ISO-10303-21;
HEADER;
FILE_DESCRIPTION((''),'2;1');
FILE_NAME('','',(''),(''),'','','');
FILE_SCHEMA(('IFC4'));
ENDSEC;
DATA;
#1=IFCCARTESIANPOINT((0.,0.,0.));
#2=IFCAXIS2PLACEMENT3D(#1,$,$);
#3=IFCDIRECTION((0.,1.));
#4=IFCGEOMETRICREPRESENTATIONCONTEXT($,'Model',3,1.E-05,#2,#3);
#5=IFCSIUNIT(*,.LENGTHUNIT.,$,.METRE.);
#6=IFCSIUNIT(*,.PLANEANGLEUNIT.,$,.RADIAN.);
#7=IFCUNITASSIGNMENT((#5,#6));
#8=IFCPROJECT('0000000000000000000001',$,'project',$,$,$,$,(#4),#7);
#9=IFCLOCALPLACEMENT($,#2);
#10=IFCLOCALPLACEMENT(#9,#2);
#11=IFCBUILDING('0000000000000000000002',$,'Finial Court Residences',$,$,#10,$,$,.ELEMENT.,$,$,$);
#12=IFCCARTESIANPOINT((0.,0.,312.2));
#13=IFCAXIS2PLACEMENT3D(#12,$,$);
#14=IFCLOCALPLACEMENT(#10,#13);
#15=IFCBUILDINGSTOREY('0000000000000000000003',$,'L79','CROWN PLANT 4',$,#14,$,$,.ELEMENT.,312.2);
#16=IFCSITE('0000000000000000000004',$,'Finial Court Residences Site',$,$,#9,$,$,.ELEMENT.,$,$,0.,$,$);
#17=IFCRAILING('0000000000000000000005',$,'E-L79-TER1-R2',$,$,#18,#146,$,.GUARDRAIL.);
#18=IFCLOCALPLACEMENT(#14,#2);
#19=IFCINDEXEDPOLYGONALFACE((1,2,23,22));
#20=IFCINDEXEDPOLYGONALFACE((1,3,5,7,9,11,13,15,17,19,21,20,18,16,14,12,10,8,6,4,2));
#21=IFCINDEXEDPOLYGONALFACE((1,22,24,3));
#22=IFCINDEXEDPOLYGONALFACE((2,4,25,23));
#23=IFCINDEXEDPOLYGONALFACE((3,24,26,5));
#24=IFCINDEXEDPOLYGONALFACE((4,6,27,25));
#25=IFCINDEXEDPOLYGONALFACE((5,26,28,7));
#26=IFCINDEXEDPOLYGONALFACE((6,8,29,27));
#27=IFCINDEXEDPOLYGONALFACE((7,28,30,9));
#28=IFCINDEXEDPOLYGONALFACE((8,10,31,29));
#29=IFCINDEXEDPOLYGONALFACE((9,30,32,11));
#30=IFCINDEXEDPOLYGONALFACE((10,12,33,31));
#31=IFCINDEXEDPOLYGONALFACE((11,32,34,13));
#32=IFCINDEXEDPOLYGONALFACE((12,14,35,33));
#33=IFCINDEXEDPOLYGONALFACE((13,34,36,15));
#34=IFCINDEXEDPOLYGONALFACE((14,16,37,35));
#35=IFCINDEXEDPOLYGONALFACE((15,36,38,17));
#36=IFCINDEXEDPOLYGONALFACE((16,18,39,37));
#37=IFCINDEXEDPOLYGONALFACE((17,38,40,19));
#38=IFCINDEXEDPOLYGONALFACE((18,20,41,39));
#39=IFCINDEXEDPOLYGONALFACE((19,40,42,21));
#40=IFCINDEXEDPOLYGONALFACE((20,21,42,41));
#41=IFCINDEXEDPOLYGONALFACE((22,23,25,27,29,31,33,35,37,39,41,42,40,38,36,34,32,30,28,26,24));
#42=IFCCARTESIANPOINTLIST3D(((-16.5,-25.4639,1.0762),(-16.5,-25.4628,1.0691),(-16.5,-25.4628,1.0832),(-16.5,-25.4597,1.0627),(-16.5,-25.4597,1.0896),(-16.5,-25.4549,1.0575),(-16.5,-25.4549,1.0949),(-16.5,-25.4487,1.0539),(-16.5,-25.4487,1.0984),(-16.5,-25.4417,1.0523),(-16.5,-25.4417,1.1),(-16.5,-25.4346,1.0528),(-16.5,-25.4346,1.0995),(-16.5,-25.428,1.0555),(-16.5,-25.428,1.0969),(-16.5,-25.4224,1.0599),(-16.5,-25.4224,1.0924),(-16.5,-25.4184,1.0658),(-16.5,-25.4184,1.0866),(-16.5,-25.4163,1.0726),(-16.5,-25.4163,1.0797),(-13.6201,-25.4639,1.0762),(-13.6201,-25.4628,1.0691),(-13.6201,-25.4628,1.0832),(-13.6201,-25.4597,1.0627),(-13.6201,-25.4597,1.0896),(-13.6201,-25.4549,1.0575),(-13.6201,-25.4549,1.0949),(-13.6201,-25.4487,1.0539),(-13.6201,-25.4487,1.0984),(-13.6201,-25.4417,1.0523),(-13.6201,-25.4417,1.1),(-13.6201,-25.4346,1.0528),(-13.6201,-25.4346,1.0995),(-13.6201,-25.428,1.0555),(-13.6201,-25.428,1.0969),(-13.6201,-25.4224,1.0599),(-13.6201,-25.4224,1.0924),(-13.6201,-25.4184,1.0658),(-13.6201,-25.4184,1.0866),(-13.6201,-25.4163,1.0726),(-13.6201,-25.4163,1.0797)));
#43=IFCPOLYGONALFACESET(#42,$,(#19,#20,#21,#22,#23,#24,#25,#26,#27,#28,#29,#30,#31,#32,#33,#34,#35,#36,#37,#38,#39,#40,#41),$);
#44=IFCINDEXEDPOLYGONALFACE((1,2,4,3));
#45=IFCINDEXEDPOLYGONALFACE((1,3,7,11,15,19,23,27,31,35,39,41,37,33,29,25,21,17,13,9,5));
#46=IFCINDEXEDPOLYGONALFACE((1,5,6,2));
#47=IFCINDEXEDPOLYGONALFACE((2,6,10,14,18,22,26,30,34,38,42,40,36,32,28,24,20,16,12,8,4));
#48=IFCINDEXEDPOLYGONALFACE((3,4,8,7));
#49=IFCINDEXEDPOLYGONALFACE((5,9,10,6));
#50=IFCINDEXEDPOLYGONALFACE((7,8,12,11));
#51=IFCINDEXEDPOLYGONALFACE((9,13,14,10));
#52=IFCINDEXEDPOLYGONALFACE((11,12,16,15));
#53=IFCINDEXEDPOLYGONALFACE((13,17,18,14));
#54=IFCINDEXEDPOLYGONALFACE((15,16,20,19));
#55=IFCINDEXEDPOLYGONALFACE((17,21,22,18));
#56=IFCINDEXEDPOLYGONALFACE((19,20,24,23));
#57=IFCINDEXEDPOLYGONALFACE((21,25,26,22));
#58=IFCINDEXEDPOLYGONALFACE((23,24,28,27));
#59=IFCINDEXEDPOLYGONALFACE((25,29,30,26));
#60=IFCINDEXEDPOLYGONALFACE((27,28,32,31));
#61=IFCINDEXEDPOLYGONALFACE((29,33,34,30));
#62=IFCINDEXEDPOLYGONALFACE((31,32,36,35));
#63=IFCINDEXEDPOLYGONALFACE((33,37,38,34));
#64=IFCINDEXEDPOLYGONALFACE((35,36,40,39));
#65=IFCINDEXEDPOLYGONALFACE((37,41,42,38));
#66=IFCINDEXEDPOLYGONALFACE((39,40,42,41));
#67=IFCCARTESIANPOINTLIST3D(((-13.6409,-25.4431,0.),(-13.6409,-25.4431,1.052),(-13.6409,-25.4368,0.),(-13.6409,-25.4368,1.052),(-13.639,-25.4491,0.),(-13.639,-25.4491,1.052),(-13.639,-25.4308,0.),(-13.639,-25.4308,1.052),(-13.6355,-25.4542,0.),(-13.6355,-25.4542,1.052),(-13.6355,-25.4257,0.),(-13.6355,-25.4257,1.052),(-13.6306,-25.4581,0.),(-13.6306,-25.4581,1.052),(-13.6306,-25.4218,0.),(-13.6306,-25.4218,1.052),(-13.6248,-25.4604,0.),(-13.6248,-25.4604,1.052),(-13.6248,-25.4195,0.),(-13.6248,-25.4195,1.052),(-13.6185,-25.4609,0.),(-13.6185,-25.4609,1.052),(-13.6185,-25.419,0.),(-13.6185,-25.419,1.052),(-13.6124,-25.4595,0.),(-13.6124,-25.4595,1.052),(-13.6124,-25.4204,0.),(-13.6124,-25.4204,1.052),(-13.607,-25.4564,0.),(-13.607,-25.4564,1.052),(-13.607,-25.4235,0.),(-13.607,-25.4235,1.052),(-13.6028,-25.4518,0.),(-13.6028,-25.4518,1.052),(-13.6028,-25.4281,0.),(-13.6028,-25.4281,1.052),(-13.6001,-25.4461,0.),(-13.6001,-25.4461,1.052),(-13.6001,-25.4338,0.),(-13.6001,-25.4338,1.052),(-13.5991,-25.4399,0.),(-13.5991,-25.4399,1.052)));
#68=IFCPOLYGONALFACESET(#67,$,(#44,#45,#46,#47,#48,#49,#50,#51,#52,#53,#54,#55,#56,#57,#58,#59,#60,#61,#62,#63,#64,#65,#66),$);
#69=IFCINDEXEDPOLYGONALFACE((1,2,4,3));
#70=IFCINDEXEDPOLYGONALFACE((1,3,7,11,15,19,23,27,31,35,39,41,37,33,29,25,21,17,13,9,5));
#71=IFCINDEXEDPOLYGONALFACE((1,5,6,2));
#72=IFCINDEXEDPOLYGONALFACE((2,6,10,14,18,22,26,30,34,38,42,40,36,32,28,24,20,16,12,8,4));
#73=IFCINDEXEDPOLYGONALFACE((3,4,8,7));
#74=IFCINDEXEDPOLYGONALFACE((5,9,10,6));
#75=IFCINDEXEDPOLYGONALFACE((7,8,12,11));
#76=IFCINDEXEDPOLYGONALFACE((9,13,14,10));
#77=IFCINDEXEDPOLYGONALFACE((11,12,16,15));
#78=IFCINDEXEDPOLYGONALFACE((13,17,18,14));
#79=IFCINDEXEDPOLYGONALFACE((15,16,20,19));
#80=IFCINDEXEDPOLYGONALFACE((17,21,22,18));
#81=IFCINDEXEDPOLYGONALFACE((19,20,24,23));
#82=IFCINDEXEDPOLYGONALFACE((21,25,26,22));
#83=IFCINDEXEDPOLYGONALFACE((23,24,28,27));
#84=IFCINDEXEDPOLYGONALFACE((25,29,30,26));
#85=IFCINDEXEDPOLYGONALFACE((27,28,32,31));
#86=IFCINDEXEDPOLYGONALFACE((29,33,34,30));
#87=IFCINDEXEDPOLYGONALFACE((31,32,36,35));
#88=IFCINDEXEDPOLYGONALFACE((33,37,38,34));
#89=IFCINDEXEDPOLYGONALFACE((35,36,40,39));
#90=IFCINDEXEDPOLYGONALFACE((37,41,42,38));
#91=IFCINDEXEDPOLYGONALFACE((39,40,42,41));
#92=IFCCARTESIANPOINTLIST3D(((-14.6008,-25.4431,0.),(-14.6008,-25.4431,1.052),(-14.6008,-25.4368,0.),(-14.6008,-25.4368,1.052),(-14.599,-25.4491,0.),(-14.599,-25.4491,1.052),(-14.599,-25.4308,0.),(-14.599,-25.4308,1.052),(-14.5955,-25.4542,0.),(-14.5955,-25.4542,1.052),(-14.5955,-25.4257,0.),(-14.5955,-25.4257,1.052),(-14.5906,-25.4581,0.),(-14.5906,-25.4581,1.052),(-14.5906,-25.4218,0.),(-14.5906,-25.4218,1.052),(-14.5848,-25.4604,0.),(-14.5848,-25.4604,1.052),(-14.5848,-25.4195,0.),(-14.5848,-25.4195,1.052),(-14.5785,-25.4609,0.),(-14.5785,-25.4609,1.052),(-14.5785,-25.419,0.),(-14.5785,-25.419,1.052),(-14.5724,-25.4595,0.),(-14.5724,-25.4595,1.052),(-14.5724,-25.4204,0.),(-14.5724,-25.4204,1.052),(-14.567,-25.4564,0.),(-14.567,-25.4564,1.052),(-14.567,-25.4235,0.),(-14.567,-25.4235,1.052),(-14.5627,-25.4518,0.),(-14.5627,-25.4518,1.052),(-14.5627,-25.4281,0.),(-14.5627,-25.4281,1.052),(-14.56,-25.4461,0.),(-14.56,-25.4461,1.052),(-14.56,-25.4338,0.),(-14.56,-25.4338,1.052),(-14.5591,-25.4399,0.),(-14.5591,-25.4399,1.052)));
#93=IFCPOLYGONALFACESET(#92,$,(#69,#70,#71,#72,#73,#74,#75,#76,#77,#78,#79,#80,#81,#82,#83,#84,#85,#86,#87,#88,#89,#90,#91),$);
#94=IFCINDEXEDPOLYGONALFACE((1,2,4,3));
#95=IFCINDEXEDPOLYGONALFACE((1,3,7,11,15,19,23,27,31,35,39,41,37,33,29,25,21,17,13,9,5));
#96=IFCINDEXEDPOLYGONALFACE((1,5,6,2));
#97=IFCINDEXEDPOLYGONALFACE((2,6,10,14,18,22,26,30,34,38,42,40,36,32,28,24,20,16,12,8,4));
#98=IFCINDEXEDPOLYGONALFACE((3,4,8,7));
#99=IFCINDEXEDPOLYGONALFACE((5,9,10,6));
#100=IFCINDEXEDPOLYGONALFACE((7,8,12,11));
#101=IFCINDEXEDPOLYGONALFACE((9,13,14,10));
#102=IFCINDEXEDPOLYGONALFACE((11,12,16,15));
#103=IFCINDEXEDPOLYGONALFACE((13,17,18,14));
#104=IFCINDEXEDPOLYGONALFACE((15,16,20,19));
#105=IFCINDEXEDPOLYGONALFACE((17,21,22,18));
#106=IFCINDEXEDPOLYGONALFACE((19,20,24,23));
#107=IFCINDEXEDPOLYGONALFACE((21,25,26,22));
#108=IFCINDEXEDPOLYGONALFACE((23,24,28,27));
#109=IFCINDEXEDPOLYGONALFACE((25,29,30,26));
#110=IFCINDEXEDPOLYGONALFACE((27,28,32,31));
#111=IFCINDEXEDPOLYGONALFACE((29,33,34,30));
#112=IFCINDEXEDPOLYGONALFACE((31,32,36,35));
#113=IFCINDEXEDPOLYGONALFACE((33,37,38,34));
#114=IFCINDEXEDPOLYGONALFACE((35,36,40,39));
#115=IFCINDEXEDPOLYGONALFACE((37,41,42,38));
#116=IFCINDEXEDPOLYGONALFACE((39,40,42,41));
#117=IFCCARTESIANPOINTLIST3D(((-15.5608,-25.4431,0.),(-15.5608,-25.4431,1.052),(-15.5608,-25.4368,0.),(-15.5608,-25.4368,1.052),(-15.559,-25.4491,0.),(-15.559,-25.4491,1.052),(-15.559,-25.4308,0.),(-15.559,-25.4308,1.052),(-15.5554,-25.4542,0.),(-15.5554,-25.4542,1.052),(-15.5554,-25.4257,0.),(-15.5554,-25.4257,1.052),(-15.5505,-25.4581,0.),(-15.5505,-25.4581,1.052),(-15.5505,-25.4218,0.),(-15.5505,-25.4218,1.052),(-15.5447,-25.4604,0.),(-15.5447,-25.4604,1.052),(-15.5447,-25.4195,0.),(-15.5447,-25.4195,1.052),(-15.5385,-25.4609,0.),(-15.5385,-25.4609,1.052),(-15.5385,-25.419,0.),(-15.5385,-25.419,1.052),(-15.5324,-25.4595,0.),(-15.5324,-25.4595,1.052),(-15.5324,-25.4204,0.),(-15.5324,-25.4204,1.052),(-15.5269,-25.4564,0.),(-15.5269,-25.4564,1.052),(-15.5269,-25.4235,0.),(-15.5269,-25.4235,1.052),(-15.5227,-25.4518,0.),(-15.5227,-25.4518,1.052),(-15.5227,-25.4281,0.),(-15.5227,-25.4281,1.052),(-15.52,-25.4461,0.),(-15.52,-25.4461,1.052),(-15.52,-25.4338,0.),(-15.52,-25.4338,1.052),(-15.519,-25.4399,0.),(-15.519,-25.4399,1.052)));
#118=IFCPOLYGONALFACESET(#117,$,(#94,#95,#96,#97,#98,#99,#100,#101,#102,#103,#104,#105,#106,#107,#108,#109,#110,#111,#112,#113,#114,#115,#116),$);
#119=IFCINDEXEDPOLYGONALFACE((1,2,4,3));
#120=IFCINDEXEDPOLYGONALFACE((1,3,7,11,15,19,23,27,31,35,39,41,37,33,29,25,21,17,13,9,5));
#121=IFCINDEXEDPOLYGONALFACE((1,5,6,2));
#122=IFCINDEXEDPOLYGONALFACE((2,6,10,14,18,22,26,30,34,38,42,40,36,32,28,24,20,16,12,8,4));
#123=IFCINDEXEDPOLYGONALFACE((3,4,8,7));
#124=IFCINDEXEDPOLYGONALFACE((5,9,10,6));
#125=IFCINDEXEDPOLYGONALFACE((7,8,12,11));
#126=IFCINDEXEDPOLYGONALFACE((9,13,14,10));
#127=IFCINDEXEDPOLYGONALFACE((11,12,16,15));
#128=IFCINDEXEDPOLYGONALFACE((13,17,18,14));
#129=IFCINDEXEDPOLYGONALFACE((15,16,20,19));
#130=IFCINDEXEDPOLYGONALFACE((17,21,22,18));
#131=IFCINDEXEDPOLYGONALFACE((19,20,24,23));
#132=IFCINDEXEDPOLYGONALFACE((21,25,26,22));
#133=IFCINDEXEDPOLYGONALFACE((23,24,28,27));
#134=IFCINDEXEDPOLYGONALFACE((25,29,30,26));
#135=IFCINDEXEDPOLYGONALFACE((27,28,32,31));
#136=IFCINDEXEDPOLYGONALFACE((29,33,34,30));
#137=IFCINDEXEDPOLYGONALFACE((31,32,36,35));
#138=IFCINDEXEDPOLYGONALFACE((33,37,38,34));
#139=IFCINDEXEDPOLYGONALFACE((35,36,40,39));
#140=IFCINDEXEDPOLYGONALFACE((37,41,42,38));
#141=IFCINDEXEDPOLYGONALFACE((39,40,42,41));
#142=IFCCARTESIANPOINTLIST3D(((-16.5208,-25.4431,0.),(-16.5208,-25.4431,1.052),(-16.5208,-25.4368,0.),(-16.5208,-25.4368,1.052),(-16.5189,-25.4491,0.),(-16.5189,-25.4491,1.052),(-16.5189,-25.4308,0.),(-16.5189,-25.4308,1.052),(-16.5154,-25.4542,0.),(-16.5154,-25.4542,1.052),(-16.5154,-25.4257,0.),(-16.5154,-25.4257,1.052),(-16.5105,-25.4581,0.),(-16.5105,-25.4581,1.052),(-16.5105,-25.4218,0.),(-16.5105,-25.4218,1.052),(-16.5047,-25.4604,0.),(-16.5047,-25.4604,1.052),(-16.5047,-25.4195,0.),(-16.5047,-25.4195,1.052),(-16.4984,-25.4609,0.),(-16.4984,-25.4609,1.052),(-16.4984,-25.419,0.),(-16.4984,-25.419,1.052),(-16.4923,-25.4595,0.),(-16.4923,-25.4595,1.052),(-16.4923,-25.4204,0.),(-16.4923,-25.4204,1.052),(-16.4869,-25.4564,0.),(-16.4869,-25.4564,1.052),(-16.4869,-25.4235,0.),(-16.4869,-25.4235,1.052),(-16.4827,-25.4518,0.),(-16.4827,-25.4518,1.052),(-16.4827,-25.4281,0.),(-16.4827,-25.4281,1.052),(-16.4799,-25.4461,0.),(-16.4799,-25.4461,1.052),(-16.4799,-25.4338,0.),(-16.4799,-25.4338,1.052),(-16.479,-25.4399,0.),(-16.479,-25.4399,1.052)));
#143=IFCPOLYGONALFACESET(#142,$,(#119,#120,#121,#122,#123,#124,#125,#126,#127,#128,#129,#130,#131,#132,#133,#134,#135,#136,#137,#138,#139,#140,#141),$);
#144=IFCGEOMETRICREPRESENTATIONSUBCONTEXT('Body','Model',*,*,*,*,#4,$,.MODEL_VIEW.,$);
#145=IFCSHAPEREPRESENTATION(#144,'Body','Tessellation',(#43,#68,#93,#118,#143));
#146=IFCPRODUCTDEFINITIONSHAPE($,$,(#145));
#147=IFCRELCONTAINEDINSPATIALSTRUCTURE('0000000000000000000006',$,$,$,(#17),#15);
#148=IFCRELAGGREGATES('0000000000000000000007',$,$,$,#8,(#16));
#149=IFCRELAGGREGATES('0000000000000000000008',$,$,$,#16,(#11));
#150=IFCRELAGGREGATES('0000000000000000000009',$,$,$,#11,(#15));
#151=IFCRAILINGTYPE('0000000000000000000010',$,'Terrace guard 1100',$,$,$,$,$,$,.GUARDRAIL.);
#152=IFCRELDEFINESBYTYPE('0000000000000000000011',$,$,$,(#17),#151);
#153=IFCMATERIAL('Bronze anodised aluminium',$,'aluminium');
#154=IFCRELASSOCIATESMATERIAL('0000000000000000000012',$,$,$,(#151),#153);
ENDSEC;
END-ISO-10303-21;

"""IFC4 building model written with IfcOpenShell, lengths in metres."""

from ifc_helpers import new_model, si_unit, direction, frame, origin, origin_2d, place, context, subcontext, project, spatial, circle, extrude, material, type_object, element, save


model = new_model("IFC4")

# Units and contexts
model_context = context("Model", 3, precision=1e-05, world=origin(), true_north=direction((0.0, 1.0)))
body_context = subcontext(model_context, "Body", "Model", "MODEL_VIEW")
ifc_project = project(units=[si_unit("LENGTHUNIT", "METRE"), si_unit("PLANEANGLEUNIT", "RADIAN")], contexts=[model_context])

# Site, building, storey
site_placement = place(None, origin())
site = spatial("IfcSite", under=ifc_project, at=site_placement, Name="Finial Court Residences Site", CompositionType="ELEMENT", RefElevation=0.0)
building_placement = place(site_placement, origin())
building = spatial("IfcBuilding", under=site, at=building_placement, Name="Finial Court Residences", CompositionType="ELEMENT")
storey_placement = place(building_placement, frame((0.0, 0.0, 312.2)))
storey = spatial("IfcBuildingStorey", under=building, at=storey_placement, Name="L79", Description="CROWN PLANT 4", CompositionType="ELEMENT", Elevation=312.2)

# Shared definitions
ifc_material_1 = material(Name="Bronze anodised aluminium", Category="aluminium")

# Railing
railing_type_1 = type_object("IfcRailingType", Name="Terrace guard 1100", PredefinedType="GUARDRAIL", material=ifc_material_1)
railing_1_placement = place(storey_placement, frame((-13.6201, -25.4399, 0.0)))
element("IfcRailing", 1, at=railing_1_placement, inside=storey, type_object=railing_type_1, Name="E-L79-TER1-R2", PredefinedType="GUARDRAIL", context=body_context, shape_type="SweptSolid", body=[
    extrude(circle(Radius=0.0239, at=origin_2d()), frame((0.0, 0.0, 1.0762), z_axis=(-1.0, 0.0, 0.0), x_axis=(0.0, -1.0, 0.0)), (0.0, 0.0, 1.0), 2.8799),
    extrude(circle(Radius=0.021, at=origin_2d()), origin(), (0.0, 0.0, 1.0), 1.052),
    extrude(circle(Radius=0.021, at=origin_2d()), frame((-0.96, 0.0, 0.0)), (0.0, 0.0, 1.0), 1.052),
    extrude(circle(Radius=0.021, at=origin_2d()), frame((-1.9199, 0.0, 0.0)), (0.0, 0.0, 1.0), 1.052),
    extrude(circle(Radius=0.021, at=origin_2d()), frame((-2.8799, 0.0, 0.0)), (0.0, 0.0, 1.0), 1.052),
])

save(model, "model.ifc")
